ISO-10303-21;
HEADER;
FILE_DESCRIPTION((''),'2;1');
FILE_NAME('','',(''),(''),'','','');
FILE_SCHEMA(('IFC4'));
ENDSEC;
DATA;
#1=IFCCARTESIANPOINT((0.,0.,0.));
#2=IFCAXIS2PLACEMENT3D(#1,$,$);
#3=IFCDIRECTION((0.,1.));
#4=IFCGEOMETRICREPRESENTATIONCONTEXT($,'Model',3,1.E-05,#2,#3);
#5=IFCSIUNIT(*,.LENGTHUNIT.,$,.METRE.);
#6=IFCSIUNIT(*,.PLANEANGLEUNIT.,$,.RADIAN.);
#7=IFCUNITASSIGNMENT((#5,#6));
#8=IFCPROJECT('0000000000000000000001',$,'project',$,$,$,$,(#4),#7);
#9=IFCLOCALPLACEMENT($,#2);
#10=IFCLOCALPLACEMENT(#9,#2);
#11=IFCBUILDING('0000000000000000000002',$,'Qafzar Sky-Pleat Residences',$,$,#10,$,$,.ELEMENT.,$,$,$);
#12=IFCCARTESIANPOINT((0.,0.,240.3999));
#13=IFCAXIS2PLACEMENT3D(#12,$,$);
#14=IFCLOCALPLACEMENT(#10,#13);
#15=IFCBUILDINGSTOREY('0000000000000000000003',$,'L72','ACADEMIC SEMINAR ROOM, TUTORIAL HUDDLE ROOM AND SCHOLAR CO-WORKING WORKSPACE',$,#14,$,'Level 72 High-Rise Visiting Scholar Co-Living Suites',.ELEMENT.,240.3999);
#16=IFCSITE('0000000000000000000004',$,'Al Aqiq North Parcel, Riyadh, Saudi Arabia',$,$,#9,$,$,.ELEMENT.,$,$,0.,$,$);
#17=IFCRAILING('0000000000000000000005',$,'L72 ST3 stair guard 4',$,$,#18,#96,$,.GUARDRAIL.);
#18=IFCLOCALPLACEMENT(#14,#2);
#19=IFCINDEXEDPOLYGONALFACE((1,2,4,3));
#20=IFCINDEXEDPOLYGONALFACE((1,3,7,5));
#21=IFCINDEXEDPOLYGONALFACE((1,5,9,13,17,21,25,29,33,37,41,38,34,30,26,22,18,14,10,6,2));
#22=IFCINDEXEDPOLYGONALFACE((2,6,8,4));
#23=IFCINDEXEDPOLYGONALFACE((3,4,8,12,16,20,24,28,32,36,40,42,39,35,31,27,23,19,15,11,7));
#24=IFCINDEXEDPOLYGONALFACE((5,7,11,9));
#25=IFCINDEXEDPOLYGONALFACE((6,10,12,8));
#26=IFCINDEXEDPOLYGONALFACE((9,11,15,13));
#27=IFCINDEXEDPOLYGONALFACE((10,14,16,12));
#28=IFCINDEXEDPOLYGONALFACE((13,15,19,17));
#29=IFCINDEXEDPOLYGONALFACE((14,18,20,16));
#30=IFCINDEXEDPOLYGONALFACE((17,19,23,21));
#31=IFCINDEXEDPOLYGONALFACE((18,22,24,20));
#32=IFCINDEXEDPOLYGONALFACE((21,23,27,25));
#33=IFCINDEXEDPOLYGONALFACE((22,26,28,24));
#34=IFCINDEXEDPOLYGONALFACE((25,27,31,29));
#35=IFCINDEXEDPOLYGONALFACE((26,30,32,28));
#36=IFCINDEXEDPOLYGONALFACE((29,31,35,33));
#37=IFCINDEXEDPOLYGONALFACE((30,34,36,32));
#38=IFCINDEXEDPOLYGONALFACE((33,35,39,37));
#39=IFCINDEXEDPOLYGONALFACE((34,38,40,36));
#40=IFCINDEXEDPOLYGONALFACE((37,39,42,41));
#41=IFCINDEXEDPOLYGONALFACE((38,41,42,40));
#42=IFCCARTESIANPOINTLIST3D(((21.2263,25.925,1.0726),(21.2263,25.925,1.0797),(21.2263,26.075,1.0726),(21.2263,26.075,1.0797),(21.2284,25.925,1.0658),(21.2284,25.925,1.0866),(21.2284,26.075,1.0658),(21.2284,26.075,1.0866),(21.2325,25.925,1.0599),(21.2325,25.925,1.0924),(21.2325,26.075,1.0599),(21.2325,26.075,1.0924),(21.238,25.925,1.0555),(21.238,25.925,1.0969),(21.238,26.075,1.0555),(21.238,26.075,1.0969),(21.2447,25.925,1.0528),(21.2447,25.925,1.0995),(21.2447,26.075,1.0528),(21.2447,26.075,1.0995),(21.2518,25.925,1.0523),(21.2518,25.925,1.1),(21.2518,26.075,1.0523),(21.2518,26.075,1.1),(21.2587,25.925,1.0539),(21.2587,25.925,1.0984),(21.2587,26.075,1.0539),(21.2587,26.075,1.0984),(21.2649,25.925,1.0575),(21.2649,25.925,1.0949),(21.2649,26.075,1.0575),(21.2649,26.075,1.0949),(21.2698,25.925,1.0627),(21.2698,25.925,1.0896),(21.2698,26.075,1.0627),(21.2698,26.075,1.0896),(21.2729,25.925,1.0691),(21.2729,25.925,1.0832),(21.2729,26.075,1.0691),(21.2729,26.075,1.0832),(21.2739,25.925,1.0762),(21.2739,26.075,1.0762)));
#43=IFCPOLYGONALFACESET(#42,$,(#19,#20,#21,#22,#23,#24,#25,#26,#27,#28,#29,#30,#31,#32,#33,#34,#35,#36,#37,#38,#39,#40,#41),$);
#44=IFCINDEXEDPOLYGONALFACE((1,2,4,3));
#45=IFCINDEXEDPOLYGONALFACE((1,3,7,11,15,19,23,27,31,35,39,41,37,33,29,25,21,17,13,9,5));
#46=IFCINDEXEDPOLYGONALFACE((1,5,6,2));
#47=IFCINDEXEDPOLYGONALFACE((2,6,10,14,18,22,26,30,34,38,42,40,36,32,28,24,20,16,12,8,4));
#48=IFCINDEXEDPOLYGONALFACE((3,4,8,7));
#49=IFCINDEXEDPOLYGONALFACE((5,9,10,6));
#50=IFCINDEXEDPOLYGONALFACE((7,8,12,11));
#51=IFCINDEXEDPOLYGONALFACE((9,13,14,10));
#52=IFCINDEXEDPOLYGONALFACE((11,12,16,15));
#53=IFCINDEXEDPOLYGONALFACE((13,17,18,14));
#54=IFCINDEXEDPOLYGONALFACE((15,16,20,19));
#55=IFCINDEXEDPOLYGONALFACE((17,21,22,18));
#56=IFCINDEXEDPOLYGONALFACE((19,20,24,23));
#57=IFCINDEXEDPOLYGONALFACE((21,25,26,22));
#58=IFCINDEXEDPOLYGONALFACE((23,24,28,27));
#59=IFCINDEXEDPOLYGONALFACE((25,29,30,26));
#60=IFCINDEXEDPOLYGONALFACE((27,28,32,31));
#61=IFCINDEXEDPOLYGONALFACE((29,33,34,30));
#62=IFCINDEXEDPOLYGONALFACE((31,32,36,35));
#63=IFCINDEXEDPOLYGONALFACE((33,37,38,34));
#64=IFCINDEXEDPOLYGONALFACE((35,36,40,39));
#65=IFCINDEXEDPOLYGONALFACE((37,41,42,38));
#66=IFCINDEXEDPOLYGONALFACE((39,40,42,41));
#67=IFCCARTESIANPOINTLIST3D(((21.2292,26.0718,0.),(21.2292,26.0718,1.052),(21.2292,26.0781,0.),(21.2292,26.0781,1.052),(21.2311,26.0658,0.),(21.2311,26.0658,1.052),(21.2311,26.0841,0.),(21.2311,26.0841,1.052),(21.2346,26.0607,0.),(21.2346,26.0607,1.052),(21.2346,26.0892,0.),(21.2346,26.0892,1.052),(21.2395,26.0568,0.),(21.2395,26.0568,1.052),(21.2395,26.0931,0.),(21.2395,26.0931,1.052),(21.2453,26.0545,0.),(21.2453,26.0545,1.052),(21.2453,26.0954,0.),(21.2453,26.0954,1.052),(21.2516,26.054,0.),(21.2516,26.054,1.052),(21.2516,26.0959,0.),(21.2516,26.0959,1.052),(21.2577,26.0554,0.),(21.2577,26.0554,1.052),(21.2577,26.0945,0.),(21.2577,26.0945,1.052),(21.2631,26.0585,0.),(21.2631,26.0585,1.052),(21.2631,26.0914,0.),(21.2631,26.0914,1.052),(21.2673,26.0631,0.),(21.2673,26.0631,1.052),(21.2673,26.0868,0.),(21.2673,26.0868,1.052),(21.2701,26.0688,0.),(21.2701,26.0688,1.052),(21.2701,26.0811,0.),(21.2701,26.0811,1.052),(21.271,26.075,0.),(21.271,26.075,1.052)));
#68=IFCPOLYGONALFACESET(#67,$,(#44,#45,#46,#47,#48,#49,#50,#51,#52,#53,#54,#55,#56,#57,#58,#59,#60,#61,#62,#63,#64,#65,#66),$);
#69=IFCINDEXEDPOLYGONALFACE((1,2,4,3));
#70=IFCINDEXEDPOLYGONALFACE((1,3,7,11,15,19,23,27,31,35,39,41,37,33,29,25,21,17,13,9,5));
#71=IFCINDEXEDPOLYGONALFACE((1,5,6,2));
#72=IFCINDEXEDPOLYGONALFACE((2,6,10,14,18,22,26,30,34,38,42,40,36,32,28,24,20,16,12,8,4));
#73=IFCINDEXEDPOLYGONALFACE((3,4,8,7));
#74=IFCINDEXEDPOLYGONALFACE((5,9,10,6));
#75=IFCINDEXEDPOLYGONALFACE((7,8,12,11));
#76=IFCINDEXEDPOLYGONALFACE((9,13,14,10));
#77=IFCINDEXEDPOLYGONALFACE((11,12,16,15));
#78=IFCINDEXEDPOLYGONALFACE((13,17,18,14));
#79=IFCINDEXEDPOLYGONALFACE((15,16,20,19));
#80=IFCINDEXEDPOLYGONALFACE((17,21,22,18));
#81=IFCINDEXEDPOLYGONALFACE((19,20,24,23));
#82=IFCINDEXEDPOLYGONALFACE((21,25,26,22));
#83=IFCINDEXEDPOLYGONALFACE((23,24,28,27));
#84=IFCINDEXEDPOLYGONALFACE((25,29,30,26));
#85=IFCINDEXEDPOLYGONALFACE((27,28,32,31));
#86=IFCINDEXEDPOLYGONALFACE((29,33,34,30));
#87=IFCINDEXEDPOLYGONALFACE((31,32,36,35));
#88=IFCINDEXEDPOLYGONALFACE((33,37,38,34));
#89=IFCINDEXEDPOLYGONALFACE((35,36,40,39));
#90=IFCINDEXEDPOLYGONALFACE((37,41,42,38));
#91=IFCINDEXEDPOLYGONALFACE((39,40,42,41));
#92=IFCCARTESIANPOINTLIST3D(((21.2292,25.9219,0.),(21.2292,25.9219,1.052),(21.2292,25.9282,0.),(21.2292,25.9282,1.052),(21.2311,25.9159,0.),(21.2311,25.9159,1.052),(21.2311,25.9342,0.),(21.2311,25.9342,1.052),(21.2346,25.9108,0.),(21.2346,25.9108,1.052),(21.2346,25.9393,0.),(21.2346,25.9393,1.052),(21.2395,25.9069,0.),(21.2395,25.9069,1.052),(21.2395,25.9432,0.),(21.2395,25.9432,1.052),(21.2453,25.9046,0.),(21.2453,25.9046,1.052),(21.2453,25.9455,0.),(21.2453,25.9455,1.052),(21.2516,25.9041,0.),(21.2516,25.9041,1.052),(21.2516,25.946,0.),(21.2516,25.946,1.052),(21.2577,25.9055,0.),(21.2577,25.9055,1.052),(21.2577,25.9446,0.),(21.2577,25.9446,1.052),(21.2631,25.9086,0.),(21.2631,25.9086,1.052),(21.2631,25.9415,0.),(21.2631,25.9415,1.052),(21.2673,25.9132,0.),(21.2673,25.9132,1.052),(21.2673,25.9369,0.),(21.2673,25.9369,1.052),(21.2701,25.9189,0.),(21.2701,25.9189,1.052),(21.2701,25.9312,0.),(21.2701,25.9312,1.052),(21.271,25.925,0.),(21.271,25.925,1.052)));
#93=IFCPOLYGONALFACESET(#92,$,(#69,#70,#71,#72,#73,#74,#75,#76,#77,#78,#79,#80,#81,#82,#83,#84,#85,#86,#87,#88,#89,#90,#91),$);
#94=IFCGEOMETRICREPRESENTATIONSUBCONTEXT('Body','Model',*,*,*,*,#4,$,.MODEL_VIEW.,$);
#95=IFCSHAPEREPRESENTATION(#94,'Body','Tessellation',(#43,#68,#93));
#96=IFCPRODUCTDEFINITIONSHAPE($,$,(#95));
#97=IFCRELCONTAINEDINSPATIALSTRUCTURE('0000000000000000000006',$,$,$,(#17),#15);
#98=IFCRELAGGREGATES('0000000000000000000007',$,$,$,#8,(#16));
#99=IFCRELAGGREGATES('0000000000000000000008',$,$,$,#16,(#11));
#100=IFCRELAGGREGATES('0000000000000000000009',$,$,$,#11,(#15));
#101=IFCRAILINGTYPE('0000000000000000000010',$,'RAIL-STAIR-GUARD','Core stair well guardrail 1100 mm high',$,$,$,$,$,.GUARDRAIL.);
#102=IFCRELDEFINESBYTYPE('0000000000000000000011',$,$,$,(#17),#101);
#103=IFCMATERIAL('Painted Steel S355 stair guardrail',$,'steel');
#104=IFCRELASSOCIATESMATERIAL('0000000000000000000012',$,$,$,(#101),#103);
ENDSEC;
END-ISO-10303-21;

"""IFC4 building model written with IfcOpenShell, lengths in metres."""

from ifc_helpers import new_model, si_unit, direction, frame, origin, origin_2d, place, context, subcontext, project, spatial, circle, extrude, source, transform, mapped, material, type_object, element, save


model = new_model("IFC4")

# Units and contexts
model_context = context("Model", 3, precision=1e-05, world=origin(), true_north=direction((0.0, 1.0)))
body_context = subcontext(model_context, "Body", "Model", "MODEL_VIEW")
ifc_project = project(units=[si_unit("LENGTHUNIT", "METRE"), si_unit("PLANEANGLEUNIT", "RADIAN")], contexts=[model_context])

# Site, building, storey
site_placement = place(None, origin())
site = spatial("IfcSite", under=ifc_project, at=site_placement, Name="Al Aqiq North Parcel, Riyadh, Saudi Arabia", CompositionType="ELEMENT", RefElevation=0.0)
building_placement = place(site_placement, origin())
building = spatial("IfcBuilding", under=site, at=building_placement, Name="Qafzar Sky-Pleat Residences", CompositionType="ELEMENT")
storey_placement = place(building_placement, frame((0.0, 0.0, 240.3999)))
storey = spatial("IfcBuildingStorey", under=building, at=storey_placement, Name="L72", Description="ACADEMIC SEMINAR ROOM, TUTORIAL HUDDLE ROOM AND SCHOLAR CO-WORKING WORKSPACE", LongName="Level 72 High-Rise Visiting Scholar Co-Living Suites", CompositionType="ELEMENT", Elevation=240.3999)

# Railing
ifc_material_1 = material(Name="Painted Steel S355 stair guardrail", Category="steel")
railing_type_1 = type_object("IfcRailingType", Name="RAIL-STAIR-GUARD", Description="Core stair well guardrail 1100 mm high", PredefinedType="GUARDRAIL", material=ifc_material_1)
shared_shape_1 = source(origin(), body_context, "Body", "SweptSolid", [
    extrude(circle(Radius=0.0239, at=origin_2d()), frame((0.0, 0.0, 1.0762), z_axis=(0.0, -1.0, 0.0), x_axis=(1.0, 0.0, 0.0)), (0.0, 0.0, 1.0), 0.1499),
    extrude(circle(Radius=0.021, at=origin_2d()), origin(), (0.0, 0.0, 1.0), 1.052),
    extrude(circle(Radius=0.021, at=origin_2d()), frame((0.0, -0.1499, 0.0)), (0.0, 0.0, 1.0), 1.052),
])
railing_1_placement = place(storey_placement, frame((21.25, 26.075, 0.0)))
element("IfcRailing", 1, at=railing_1_placement, inside=storey, type_object=railing_type_1, Name="L72 ST3 stair guard 4", PredefinedType="GUARDRAIL", context=body_context, shape_type="MappedRepresentation", body=[
    mapped(shared_shape_1, transform((0.0, 0.0, 0.0), x_axis=(1.0, 0.0, 0.0), y_axis=(0.0, 1.0, 0.0), z_axis=(0.0, 0.0, 1.0), scale=1.0)),
])

save(model, "model.ifc")
